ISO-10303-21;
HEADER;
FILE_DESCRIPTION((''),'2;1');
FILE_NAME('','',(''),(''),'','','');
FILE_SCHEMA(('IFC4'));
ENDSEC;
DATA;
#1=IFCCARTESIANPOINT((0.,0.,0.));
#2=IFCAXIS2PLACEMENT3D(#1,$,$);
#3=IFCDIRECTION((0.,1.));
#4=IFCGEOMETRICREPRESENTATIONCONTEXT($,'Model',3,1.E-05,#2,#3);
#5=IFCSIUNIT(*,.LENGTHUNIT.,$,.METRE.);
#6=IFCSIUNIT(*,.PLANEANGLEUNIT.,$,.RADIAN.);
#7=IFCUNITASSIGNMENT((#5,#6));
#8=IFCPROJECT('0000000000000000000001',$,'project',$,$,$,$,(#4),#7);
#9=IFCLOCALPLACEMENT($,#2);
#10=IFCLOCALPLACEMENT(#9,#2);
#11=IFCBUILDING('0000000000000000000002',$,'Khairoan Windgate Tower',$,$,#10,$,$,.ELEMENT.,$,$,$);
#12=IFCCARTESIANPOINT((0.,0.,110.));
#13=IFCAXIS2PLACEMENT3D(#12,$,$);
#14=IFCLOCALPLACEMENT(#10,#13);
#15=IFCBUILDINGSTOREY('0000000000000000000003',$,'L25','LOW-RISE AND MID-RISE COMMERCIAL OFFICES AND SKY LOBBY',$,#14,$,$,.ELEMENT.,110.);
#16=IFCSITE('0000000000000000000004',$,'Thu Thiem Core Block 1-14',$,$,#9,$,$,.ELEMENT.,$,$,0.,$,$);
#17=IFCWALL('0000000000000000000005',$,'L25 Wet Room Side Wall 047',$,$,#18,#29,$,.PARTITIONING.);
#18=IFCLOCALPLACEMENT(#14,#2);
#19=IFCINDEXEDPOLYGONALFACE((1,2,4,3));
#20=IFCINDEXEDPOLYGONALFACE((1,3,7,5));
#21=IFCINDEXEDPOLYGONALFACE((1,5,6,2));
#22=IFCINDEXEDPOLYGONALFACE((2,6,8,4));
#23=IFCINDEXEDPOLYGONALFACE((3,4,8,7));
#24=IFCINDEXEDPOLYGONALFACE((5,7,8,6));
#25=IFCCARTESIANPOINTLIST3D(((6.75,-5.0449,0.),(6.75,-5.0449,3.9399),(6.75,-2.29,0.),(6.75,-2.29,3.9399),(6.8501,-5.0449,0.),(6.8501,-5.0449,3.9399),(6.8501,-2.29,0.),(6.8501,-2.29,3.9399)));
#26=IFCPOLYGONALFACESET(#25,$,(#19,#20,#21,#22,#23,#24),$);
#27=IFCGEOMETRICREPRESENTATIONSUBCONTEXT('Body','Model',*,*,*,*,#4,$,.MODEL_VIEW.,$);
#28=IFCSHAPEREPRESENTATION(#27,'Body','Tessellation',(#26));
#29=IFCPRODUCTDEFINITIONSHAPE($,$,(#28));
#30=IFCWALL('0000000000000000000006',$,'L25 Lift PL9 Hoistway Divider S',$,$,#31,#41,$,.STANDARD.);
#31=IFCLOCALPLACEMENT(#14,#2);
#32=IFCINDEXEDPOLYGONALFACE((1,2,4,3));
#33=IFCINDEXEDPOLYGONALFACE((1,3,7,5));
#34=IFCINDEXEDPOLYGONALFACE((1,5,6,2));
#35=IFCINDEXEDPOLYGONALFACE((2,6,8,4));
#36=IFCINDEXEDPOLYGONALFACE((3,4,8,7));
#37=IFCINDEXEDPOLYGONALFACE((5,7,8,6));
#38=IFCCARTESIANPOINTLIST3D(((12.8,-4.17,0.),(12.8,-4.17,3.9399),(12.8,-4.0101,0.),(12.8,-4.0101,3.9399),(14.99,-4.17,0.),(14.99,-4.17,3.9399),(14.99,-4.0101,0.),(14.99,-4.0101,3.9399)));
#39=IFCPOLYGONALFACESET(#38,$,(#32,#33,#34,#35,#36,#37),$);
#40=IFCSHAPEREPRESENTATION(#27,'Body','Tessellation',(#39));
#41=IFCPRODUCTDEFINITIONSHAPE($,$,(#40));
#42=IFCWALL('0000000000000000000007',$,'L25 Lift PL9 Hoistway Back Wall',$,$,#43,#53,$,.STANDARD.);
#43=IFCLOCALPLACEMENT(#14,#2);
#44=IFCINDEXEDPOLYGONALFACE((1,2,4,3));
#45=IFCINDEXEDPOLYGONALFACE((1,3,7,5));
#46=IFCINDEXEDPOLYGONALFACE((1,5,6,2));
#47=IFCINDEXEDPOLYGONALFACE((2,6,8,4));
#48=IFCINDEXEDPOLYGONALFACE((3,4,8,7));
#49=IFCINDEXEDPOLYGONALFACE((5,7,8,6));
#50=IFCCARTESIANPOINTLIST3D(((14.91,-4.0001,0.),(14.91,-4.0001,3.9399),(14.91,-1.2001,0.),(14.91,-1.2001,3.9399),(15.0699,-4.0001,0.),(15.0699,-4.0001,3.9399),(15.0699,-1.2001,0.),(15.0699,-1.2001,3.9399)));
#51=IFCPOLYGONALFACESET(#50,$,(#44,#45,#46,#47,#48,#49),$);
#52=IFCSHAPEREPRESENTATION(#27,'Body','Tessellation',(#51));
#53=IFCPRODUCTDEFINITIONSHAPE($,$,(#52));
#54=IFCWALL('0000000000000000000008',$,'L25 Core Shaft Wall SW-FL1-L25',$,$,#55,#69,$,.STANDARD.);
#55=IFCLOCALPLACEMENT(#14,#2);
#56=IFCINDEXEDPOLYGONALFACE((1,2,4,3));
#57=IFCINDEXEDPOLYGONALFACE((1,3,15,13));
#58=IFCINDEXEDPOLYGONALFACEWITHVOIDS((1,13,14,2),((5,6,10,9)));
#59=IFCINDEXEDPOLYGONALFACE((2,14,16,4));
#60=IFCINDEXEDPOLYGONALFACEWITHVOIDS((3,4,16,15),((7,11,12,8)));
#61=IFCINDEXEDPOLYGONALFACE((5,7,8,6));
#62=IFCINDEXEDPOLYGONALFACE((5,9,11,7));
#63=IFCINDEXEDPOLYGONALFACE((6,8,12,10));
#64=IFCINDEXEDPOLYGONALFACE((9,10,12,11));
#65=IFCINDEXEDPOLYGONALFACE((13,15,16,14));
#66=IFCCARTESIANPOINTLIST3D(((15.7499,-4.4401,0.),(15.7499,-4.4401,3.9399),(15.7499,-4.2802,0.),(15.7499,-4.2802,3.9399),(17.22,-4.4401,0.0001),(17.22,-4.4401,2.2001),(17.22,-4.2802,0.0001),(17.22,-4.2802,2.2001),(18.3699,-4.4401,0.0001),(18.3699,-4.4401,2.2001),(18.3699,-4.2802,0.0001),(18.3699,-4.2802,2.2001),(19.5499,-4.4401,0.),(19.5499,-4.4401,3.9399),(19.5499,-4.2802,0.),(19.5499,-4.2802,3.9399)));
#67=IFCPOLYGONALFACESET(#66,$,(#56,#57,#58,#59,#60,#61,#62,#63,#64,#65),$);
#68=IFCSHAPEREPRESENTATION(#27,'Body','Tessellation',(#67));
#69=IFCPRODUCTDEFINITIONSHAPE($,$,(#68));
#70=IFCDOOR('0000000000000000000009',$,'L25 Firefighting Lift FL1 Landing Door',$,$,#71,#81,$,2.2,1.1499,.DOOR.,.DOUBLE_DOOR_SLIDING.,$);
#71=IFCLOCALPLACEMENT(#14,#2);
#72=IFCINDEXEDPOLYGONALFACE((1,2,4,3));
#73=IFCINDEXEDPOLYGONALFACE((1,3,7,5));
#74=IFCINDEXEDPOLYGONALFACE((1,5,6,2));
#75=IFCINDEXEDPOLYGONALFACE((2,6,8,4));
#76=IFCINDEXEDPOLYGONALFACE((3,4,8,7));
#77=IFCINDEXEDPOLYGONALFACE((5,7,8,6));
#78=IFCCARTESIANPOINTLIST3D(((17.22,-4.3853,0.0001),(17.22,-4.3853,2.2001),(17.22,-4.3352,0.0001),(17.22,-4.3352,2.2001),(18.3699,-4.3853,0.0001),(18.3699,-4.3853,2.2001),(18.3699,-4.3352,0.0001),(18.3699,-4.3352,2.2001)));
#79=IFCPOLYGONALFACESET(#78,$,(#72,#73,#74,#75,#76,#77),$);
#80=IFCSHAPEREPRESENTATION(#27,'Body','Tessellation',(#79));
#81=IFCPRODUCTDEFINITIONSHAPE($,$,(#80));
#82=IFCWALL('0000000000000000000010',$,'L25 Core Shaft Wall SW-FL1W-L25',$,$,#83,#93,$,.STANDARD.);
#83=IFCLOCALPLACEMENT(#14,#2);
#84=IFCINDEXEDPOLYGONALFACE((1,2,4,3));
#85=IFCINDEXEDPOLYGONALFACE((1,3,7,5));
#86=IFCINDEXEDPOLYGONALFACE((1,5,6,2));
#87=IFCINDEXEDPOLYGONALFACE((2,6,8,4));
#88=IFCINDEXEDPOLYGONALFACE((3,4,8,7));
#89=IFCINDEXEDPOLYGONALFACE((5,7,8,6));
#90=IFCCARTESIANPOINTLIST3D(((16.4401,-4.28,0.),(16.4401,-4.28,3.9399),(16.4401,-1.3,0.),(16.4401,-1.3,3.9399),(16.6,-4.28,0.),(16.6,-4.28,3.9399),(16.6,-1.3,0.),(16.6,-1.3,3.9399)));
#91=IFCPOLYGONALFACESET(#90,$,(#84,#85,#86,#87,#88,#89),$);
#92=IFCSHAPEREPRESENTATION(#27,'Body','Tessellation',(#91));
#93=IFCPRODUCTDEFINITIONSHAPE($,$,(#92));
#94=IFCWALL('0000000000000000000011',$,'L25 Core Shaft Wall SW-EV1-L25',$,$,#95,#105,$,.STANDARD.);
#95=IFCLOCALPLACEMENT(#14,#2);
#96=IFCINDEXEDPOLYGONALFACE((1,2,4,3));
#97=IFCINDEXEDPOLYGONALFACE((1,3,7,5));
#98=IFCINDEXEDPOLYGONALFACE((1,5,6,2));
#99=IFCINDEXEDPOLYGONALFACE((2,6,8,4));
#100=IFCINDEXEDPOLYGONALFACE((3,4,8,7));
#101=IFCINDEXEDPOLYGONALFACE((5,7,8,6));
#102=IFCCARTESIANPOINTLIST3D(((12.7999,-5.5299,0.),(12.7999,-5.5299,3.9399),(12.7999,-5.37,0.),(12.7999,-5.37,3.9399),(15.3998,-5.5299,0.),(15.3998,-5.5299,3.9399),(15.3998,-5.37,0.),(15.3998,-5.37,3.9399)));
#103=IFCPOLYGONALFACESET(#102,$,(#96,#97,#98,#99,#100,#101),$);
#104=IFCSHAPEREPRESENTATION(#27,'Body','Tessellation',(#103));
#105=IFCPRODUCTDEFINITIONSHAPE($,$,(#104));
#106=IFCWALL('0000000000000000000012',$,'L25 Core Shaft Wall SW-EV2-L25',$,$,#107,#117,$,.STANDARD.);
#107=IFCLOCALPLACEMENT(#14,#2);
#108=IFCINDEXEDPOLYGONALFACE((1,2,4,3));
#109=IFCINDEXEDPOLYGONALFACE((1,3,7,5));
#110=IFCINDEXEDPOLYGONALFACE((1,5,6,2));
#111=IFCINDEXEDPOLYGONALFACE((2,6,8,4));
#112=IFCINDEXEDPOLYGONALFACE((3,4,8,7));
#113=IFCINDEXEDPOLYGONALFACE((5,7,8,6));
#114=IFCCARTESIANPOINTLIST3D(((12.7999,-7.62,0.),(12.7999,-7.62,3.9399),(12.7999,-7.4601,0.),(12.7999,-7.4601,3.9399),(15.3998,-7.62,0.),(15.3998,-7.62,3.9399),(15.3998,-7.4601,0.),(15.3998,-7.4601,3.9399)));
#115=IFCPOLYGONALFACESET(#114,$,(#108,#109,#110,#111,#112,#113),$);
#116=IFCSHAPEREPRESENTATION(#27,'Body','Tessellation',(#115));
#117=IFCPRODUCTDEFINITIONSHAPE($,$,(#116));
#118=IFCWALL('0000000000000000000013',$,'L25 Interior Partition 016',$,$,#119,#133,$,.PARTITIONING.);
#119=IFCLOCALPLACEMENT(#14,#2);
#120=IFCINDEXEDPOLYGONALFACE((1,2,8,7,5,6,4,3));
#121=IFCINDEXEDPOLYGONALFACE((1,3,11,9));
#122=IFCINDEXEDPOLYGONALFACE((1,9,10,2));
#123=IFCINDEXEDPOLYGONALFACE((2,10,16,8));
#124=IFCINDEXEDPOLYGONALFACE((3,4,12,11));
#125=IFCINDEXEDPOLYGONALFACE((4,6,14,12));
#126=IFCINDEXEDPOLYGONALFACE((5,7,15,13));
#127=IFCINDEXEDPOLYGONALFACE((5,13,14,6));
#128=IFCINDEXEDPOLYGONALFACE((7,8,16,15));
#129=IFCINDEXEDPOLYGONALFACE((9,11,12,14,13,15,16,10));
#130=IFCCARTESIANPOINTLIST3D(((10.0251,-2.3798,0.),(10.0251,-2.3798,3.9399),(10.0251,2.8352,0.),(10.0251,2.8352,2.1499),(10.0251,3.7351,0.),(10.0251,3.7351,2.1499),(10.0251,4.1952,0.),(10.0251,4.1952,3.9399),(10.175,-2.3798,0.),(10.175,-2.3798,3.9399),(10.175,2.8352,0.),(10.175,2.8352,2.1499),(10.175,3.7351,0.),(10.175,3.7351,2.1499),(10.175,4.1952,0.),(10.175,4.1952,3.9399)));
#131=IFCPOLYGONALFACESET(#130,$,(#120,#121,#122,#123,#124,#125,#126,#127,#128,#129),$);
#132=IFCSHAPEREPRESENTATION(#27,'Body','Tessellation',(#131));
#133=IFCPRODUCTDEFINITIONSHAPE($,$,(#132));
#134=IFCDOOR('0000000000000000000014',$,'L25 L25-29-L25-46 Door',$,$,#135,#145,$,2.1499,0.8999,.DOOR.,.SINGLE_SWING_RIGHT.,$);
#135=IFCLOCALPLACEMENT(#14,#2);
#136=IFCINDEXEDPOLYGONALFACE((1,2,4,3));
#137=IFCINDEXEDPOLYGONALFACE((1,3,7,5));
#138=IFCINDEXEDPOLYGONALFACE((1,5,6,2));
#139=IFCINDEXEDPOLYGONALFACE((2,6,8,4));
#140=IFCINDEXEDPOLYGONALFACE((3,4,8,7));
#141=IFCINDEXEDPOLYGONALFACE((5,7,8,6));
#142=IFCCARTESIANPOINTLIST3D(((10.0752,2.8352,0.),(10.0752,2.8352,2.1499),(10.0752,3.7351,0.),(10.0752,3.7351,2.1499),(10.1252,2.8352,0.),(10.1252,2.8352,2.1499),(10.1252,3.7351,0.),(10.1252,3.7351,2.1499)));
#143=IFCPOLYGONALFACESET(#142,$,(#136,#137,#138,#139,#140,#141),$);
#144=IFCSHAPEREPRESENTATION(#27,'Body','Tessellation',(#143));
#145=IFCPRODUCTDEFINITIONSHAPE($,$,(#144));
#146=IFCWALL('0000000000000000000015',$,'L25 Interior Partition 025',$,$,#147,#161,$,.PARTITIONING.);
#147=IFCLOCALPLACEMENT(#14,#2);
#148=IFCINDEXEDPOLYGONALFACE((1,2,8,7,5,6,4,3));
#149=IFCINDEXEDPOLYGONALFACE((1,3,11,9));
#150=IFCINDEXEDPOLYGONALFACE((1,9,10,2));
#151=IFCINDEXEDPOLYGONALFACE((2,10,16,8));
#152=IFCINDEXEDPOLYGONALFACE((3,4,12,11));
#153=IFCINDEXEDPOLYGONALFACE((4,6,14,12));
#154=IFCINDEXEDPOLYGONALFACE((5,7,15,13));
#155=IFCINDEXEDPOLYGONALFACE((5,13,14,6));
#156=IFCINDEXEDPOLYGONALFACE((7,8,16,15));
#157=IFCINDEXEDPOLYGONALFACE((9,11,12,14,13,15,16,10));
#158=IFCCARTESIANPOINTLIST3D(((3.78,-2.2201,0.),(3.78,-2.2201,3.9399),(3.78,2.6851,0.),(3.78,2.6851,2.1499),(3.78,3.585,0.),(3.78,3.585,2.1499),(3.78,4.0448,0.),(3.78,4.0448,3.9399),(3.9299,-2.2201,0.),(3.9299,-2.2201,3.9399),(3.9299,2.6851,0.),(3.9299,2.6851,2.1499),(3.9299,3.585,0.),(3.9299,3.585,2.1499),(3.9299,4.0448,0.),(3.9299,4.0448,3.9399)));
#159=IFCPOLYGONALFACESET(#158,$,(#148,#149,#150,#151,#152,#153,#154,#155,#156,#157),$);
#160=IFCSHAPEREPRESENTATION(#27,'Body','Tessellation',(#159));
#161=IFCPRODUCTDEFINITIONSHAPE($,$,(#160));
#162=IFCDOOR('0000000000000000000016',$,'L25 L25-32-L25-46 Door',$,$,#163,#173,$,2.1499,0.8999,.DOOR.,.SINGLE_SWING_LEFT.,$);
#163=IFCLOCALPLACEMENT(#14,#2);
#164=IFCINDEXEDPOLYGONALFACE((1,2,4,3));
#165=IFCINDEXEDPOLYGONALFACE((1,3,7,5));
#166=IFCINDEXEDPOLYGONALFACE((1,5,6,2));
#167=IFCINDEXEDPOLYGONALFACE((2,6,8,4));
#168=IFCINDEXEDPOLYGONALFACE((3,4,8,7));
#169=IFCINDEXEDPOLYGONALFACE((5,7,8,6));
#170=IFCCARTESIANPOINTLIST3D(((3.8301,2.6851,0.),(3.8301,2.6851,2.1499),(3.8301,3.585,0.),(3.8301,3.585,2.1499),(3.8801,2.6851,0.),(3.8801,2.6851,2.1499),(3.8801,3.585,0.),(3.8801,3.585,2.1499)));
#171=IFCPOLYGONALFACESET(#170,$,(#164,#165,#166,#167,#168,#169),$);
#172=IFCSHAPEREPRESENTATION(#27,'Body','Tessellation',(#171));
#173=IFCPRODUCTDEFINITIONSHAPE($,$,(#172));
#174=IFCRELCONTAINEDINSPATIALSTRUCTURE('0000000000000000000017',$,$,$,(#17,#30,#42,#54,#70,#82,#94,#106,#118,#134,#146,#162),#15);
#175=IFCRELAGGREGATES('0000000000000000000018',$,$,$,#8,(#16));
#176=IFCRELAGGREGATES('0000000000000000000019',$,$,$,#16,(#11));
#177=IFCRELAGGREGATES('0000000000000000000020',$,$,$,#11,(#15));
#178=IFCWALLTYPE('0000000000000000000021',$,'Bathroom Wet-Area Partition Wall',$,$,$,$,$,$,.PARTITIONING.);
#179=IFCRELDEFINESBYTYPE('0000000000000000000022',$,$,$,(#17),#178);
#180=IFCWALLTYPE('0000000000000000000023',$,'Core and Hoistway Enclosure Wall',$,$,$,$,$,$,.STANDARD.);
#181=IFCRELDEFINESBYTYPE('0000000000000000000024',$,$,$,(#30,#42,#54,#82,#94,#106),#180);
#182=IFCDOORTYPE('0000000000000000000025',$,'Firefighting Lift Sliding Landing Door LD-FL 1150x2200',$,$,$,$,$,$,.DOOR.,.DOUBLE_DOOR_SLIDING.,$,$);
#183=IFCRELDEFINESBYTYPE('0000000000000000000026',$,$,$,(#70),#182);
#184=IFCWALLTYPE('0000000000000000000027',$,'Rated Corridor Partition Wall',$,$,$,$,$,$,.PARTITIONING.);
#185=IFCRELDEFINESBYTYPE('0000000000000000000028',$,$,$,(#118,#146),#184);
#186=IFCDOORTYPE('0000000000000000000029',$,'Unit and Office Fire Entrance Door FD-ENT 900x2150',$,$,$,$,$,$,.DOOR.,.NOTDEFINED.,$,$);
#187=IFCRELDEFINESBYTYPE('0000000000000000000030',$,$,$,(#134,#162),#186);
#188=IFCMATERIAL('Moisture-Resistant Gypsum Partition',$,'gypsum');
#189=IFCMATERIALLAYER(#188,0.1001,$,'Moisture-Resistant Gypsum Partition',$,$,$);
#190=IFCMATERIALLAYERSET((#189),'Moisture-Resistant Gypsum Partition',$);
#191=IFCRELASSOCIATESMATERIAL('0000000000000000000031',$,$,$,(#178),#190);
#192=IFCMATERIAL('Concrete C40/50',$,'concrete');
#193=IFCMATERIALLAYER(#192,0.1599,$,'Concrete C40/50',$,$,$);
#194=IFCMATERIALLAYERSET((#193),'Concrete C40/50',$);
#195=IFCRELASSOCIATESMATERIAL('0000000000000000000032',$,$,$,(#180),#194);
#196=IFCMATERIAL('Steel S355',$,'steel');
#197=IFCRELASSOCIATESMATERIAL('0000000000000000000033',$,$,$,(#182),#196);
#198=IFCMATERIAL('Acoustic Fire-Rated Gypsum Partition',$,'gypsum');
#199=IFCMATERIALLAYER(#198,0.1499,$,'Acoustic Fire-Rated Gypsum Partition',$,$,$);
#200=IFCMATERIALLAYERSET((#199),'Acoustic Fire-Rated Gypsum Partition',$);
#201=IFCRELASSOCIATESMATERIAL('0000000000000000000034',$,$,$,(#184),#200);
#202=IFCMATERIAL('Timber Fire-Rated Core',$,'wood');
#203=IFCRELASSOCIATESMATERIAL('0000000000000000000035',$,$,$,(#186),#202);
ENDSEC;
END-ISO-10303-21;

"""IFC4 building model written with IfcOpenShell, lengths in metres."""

from ifc_helpers import new_model, si_unit, direction, frame, frame_2d, origin, place, context, subcontext, project, spatial, rectangle, extrude, material, layer, layer_set, type_object, element, fill, save


model = new_model("IFC4")

# Units and contexts
model_context = context("Model", 3, precision=1e-05, world=origin(), true_north=direction((0.0, 1.0)))
body_context = subcontext(model_context, "Body", "Model", "MODEL_VIEW")
ifc_project = project(units=[si_unit("LENGTHUNIT", "METRE"), si_unit("PLANEANGLEUNIT", "RADIAN")], contexts=[model_context])

# Site, building, storey
site_placement = place(None, origin())
site = spatial("IfcSite", under=ifc_project, at=site_placement, Name="Thu Thiem Core Block 1-14", CompositionType="ELEMENT", RefElevation=0.0)
building_placement = place(site_placement, origin())
building = spatial("IfcBuilding", under=site, at=building_placement, Name="Khairoan Windgate Tower", CompositionType="ELEMENT")
storey_placement = place(building_placement, frame((0.0, 0.0, 110.0)))
storey = spatial("IfcBuildingStorey", under=building, at=storey_placement, Name="L25", Description="LOW-RISE AND MID-RISE COMMERCIAL OFFICES AND SKY LOBBY", CompositionType="ELEMENT", Elevation=110.0)

# Walls
ifc_material_1 = material(Name="Moisture-Resistant Gypsum Partition", Category="gypsum")
ifc_layer_1 = layer(ifc_material_1, 0.1001, Name="Moisture-Resistant Gypsum Partition")
ifc_layer_set_1 = layer_set([ifc_layer_1], Name="Moisture-Resistant Gypsum Partition")
wall_type_1 = type_object("IfcWallType", Name="Bathroom Wet-Area Partition Wall", PredefinedType="PARTITIONING", material=ifc_layer_set_1)
wall_1_placement = place(storey_placement, frame((6.8, -2.29, 0.0), z_axis=(0.0, 0.0, 1.0), x_axis=(0.0, -1.0, 0.0)))
element("IfcWall", 1, at=wall_1_placement, inside=storey, type_object=wall_type_1, Name="L25 Wet Room Side Wall 047", PredefinedType="PARTITIONING", context=body_context, shape_type="SweptSolid", body=[
    extrude(rectangle(XDim=2.7549, YDim=0.1001, at=frame_2d((1.3774, 0.0))), origin(), (0.0, 0.0, 1.0), 3.9399),
])
ifc_material_2 = material(Name="Concrete C40/50", Category="concrete")
ifc_layer_2 = layer(ifc_material_2, 0.1599, Name="Concrete C40/50")
ifc_layer_set_2 = layer_set([ifc_layer_2], Name="Concrete C40/50")
wall_type_2 = type_object("IfcWallType", Name="Core and Hoistway Enclosure Wall", PredefinedType="STANDARD", material=ifc_layer_set_2)
wall_2_placement = place(storey_placement, frame((12.8, -4.0901, 0.0), z_axis=(0.0, 0.0, 1.0), x_axis=(1.0, 0.0, 0.0)))
element("IfcWall", 2, at=wall_2_placement, inside=storey, type_object=wall_type_2, Name="L25 Lift PL9 Hoistway Divider S", PredefinedType="STANDARD", context=body_context, shape_type="SweptSolid", body=[
    extrude(rectangle(XDim=2.1899, YDim=0.1599, at=frame_2d((1.095, 0.0))), origin(), (0.0, 0.0, 1.0), 3.9399),
])
wall_3_placement = place(storey_placement, frame((14.99, -4.0, 0.0), z_axis=(0.0, 0.0, 1.0), x_axis=(0.0, 1.0, 0.0)))
element("IfcWall", 3, at=wall_3_placement, inside=storey, type_object=wall_type_2, Name="L25 Lift PL9 Hoistway Back Wall", PredefinedType="STANDARD", context=body_context, shape_type="SweptSolid", body=[
    extrude(rectangle(XDim=2.8, YDim=0.1599, at=frame_2d((1.3999, 0.0))), origin(), (0.0, 0.0, 1.0), 3.9399),
])

# Wall, opening, door
wall_4_placement = place(storey_placement, frame((15.75, -4.3601, 0.0), z_axis=(0.0, 0.0, 1.0), x_axis=(1.0, 0.0, 0.0)))
wall_4 = element("IfcWall", 4, at=wall_4_placement, inside=storey, type_object=wall_type_2, Name="L25 Core Shaft Wall SW-FL1-L25", PredefinedType="STANDARD", context=body_context, shape_type="SweptSolid", body=[
    extrude(rectangle(XDim=3.8, YDim=0.1599, at=frame_2d((1.8999, 0.0))), origin(), (0.0, 0.0, 1.0), 3.9399),
])
opening_1_placement = place(wall_4_placement, frame((1.47, 0.0, 0.0)))
opening_1 = element("IfcOpeningElement", 5, at=opening_1_placement, cuts=wall_4, PredefinedType="OPENING", context=body_context, shape_type="SweptSolid", body=[
    extrude(rectangle(XDim=1.1499, YDim=2.2, at=frame_2d((0.575, 1.1001))), frame((0.0, 0.0898, 0.0), z_axis=(0.0, -1.0, 0.0), x_axis=(1.0, 0.0, 0.0)), (0.0, 0.0, 1.0), 0.1799),
])
ifc_material_3 = material(Name="Steel S355", Category="steel")
door_type_1 = type_object("IfcDoorType", Name="Firefighting Lift Sliding Landing Door LD-FL 1150x2200", OperationType="DOUBLE_DOOR_SLIDING", PredefinedType="DOOR", material=ifc_material_3)
door_1_placement = place(opening_1_placement, origin())
door_1 = element("IfcDoor", 6, at=door_1_placement, inside=storey, type_object=door_type_1, Name="L25 Firefighting Lift FL1 Landing Door", OperationType="DOUBLE_DOOR_SLIDING", OverallHeight=2.2, OverallWidth=1.1499, PredefinedType="DOOR", context=body_context, shape_type="SweptSolid", body=[
    extrude(rectangle(XDim=1.1499, YDim=2.2, at=frame_2d((0.575, 1.1001))), frame((0.0, 0.0249, 0.0), z_axis=(0.0, -1.0, 0.0), x_axis=(1.0, 0.0, 0.0)), (0.0, 0.0, 1.0), 0.05),
])
fill(opening_1, door_1)

# Walls
wall_5_placement = place(storey_placement, frame((16.52, -4.28, 0.0), z_axis=(0.0, 0.0, 1.0), x_axis=(0.0, 1.0, 0.0)))
element("IfcWall", 7, at=wall_5_placement, inside=storey, type_object=wall_type_2, Name="L25 Core Shaft Wall SW-FL1W-L25", PredefinedType="STANDARD", context=body_context, shape_type="SweptSolid", body=[
    extrude(rectangle(XDim=2.98, YDim=0.1599, at=frame_2d((1.49, 0.0))), origin(), (0.0, 0.0, 1.0), 3.9399),
])
for number, where, z_axis, x_axis, name in (
    (8, (12.8, -5.45, 0.0), (0.0, 0.0, 1.0), (1.0, 0.0, 0.0), "L25 Core Shaft Wall SW-EV1-L25"),
    (9, (12.8, -7.54, 0.0), (0.0, 0.0, 1.0), (1.0, 0.0, 0.0), "L25 Core Shaft Wall SW-EV2-L25"),
):
    element("IfcWall", number, at=place(storey_placement, frame(where, z_axis=z_axis, x_axis=x_axis)), inside=storey, type_object=wall_type_2, Name=name, PredefinedType="STANDARD", context=body_context, shape_type="SweptSolid", body=[
        extrude(rectangle(XDim=2.5999, YDim=0.1599, at=frame_2d((1.2998, 0.0))), origin(), (0.0, 0.0, 1.0), 3.9399),
    ])

# Walls, openings, doors
ifc_material_4 = material(Name="Acoustic Fire-Rated Gypsum Partition", Category="gypsum")
ifc_layer_3 = layer(ifc_material_4, 0.1499, Name="Acoustic Fire-Rated Gypsum Partition")
ifc_layer_set_3 = layer_set([ifc_layer_3], Name="Acoustic Fire-Rated Gypsum Partition")
wall_type_3 = type_object("IfcWallType", Name="Rated Corridor Partition Wall", PredefinedType="PARTITIONING", material=ifc_layer_set_3)
wall_6_placement = place(storey_placement, frame((10.1001, -2.3799, 0.0), z_axis=(0.0, 0.0, 1.0), x_axis=(0.0, 1.0, 0.0)))
wall_6 = element("IfcWall", 10, at=wall_6_placement, inside=storey, type_object=wall_type_3, Name="L25 Interior Partition 016", PredefinedType="PARTITIONING", context=body_context, shape_type="SweptSolid", body=[
    extrude(rectangle(XDim=6.575, YDim=0.1499, at=frame_2d((3.2876, 0.0))), origin(), (0.0, 0.0, 1.0), 3.9399),
])
opening_2_placement = place(wall_6_placement, frame((5.2151, 0.0, 0.0)))
opening_2 = element("IfcOpeningElement", 11, at=opening_2_placement, cuts=wall_6, PredefinedType="OPENING", context=body_context, shape_type="SweptSolid", body=[
    extrude(rectangle(XDim=0.8999, YDim=2.1499, at=frame_2d((0.45, 1.075))), frame((0.0, 0.085, 0.0), z_axis=(0.0, -1.0, 0.0), x_axis=(1.0, 0.0, 0.0)), (0.0, 0.0, 1.0), 0.1699),
])
ifc_material_5 = material(Name="Timber Fire-Rated Core", Category="wood")
door_type_2 = type_object("IfcDoorType", Name="Unit and Office Fire Entrance Door FD-ENT 900x2150", OperationType="NOTDEFINED", PredefinedType="DOOR", material=ifc_material_5)
door_2_placement = place(opening_2_placement, origin())
door_2 = element("IfcDoor", 12, at=door_2_placement, inside=storey, type_object=door_type_2, Name="L25 L25-29-L25-46 Door", OperationType="SINGLE_SWING_RIGHT", OverallHeight=2.1499, OverallWidth=0.8999, PredefinedType="DOOR", context=body_context, shape_type="SweptSolid", body=[
    extrude(rectangle(XDim=0.8999, YDim=2.1499, at=frame_2d((0.45, 1.075))), frame((0.0, 0.0249, 0.0), z_axis=(0.0, -1.0, 0.0), x_axis=(1.0, 0.0, 0.0)), (0.0, 0.0, 1.0), 0.05),
])
fill(opening_2, door_2)
wall_7_placement = place(storey_placement, frame((3.855, -2.22, 0.0), z_axis=(0.0, 0.0, 1.0), x_axis=(0.0, 1.0, 0.0)))
wall_7 = element("IfcWall", 13, at=wall_7_placement, inside=storey, type_object=wall_type_3, Name="L25 Interior Partition 025", PredefinedType="PARTITIONING", context=body_context, shape_type="SweptSolid", body=[
    extrude(rectangle(XDim=6.2649, YDim=0.1499, at=frame_2d((3.1323, 0.0))), origin(), (0.0, 0.0, 1.0), 3.9399),
])
opening_3_placement = place(wall_7_placement, frame((4.905, 0.0, 0.0)))
opening_3 = element("IfcOpeningElement", 14, at=opening_3_placement, cuts=wall_7, PredefinedType="OPENING", context=body_context, shape_type="SweptSolid", body=[
    extrude(rectangle(XDim=0.8999, YDim=2.1499, at=frame_2d((0.45, 1.075))), frame((0.0, 0.085, 0.0), z_axis=(0.0, -1.0, 0.0), x_axis=(1.0, 0.0, 0.0)), (0.0, 0.0, 1.0), 0.1699),
])
door_3_placement = place(opening_3_placement, origin())
door_3 = element("IfcDoor", 15, at=door_3_placement, inside=storey, type_object=door_type_2, Name="L25 L25-32-L25-46 Door", OperationType="SINGLE_SWING_LEFT", OverallHeight=2.1499, OverallWidth=0.8999, PredefinedType="DOOR", context=body_context, shape_type="SweptSolid", body=[
    extrude(rectangle(XDim=0.8999, YDim=2.1499, at=frame_2d((0.45, 1.075))), frame((0.0, 0.0249, 0.0), z_axis=(0.0, -1.0, 0.0), x_axis=(1.0, 0.0, 0.0)), (0.0, 0.0, 1.0), 0.05),
])
fill(opening_3, door_3)

save(model, "model.ifc")
